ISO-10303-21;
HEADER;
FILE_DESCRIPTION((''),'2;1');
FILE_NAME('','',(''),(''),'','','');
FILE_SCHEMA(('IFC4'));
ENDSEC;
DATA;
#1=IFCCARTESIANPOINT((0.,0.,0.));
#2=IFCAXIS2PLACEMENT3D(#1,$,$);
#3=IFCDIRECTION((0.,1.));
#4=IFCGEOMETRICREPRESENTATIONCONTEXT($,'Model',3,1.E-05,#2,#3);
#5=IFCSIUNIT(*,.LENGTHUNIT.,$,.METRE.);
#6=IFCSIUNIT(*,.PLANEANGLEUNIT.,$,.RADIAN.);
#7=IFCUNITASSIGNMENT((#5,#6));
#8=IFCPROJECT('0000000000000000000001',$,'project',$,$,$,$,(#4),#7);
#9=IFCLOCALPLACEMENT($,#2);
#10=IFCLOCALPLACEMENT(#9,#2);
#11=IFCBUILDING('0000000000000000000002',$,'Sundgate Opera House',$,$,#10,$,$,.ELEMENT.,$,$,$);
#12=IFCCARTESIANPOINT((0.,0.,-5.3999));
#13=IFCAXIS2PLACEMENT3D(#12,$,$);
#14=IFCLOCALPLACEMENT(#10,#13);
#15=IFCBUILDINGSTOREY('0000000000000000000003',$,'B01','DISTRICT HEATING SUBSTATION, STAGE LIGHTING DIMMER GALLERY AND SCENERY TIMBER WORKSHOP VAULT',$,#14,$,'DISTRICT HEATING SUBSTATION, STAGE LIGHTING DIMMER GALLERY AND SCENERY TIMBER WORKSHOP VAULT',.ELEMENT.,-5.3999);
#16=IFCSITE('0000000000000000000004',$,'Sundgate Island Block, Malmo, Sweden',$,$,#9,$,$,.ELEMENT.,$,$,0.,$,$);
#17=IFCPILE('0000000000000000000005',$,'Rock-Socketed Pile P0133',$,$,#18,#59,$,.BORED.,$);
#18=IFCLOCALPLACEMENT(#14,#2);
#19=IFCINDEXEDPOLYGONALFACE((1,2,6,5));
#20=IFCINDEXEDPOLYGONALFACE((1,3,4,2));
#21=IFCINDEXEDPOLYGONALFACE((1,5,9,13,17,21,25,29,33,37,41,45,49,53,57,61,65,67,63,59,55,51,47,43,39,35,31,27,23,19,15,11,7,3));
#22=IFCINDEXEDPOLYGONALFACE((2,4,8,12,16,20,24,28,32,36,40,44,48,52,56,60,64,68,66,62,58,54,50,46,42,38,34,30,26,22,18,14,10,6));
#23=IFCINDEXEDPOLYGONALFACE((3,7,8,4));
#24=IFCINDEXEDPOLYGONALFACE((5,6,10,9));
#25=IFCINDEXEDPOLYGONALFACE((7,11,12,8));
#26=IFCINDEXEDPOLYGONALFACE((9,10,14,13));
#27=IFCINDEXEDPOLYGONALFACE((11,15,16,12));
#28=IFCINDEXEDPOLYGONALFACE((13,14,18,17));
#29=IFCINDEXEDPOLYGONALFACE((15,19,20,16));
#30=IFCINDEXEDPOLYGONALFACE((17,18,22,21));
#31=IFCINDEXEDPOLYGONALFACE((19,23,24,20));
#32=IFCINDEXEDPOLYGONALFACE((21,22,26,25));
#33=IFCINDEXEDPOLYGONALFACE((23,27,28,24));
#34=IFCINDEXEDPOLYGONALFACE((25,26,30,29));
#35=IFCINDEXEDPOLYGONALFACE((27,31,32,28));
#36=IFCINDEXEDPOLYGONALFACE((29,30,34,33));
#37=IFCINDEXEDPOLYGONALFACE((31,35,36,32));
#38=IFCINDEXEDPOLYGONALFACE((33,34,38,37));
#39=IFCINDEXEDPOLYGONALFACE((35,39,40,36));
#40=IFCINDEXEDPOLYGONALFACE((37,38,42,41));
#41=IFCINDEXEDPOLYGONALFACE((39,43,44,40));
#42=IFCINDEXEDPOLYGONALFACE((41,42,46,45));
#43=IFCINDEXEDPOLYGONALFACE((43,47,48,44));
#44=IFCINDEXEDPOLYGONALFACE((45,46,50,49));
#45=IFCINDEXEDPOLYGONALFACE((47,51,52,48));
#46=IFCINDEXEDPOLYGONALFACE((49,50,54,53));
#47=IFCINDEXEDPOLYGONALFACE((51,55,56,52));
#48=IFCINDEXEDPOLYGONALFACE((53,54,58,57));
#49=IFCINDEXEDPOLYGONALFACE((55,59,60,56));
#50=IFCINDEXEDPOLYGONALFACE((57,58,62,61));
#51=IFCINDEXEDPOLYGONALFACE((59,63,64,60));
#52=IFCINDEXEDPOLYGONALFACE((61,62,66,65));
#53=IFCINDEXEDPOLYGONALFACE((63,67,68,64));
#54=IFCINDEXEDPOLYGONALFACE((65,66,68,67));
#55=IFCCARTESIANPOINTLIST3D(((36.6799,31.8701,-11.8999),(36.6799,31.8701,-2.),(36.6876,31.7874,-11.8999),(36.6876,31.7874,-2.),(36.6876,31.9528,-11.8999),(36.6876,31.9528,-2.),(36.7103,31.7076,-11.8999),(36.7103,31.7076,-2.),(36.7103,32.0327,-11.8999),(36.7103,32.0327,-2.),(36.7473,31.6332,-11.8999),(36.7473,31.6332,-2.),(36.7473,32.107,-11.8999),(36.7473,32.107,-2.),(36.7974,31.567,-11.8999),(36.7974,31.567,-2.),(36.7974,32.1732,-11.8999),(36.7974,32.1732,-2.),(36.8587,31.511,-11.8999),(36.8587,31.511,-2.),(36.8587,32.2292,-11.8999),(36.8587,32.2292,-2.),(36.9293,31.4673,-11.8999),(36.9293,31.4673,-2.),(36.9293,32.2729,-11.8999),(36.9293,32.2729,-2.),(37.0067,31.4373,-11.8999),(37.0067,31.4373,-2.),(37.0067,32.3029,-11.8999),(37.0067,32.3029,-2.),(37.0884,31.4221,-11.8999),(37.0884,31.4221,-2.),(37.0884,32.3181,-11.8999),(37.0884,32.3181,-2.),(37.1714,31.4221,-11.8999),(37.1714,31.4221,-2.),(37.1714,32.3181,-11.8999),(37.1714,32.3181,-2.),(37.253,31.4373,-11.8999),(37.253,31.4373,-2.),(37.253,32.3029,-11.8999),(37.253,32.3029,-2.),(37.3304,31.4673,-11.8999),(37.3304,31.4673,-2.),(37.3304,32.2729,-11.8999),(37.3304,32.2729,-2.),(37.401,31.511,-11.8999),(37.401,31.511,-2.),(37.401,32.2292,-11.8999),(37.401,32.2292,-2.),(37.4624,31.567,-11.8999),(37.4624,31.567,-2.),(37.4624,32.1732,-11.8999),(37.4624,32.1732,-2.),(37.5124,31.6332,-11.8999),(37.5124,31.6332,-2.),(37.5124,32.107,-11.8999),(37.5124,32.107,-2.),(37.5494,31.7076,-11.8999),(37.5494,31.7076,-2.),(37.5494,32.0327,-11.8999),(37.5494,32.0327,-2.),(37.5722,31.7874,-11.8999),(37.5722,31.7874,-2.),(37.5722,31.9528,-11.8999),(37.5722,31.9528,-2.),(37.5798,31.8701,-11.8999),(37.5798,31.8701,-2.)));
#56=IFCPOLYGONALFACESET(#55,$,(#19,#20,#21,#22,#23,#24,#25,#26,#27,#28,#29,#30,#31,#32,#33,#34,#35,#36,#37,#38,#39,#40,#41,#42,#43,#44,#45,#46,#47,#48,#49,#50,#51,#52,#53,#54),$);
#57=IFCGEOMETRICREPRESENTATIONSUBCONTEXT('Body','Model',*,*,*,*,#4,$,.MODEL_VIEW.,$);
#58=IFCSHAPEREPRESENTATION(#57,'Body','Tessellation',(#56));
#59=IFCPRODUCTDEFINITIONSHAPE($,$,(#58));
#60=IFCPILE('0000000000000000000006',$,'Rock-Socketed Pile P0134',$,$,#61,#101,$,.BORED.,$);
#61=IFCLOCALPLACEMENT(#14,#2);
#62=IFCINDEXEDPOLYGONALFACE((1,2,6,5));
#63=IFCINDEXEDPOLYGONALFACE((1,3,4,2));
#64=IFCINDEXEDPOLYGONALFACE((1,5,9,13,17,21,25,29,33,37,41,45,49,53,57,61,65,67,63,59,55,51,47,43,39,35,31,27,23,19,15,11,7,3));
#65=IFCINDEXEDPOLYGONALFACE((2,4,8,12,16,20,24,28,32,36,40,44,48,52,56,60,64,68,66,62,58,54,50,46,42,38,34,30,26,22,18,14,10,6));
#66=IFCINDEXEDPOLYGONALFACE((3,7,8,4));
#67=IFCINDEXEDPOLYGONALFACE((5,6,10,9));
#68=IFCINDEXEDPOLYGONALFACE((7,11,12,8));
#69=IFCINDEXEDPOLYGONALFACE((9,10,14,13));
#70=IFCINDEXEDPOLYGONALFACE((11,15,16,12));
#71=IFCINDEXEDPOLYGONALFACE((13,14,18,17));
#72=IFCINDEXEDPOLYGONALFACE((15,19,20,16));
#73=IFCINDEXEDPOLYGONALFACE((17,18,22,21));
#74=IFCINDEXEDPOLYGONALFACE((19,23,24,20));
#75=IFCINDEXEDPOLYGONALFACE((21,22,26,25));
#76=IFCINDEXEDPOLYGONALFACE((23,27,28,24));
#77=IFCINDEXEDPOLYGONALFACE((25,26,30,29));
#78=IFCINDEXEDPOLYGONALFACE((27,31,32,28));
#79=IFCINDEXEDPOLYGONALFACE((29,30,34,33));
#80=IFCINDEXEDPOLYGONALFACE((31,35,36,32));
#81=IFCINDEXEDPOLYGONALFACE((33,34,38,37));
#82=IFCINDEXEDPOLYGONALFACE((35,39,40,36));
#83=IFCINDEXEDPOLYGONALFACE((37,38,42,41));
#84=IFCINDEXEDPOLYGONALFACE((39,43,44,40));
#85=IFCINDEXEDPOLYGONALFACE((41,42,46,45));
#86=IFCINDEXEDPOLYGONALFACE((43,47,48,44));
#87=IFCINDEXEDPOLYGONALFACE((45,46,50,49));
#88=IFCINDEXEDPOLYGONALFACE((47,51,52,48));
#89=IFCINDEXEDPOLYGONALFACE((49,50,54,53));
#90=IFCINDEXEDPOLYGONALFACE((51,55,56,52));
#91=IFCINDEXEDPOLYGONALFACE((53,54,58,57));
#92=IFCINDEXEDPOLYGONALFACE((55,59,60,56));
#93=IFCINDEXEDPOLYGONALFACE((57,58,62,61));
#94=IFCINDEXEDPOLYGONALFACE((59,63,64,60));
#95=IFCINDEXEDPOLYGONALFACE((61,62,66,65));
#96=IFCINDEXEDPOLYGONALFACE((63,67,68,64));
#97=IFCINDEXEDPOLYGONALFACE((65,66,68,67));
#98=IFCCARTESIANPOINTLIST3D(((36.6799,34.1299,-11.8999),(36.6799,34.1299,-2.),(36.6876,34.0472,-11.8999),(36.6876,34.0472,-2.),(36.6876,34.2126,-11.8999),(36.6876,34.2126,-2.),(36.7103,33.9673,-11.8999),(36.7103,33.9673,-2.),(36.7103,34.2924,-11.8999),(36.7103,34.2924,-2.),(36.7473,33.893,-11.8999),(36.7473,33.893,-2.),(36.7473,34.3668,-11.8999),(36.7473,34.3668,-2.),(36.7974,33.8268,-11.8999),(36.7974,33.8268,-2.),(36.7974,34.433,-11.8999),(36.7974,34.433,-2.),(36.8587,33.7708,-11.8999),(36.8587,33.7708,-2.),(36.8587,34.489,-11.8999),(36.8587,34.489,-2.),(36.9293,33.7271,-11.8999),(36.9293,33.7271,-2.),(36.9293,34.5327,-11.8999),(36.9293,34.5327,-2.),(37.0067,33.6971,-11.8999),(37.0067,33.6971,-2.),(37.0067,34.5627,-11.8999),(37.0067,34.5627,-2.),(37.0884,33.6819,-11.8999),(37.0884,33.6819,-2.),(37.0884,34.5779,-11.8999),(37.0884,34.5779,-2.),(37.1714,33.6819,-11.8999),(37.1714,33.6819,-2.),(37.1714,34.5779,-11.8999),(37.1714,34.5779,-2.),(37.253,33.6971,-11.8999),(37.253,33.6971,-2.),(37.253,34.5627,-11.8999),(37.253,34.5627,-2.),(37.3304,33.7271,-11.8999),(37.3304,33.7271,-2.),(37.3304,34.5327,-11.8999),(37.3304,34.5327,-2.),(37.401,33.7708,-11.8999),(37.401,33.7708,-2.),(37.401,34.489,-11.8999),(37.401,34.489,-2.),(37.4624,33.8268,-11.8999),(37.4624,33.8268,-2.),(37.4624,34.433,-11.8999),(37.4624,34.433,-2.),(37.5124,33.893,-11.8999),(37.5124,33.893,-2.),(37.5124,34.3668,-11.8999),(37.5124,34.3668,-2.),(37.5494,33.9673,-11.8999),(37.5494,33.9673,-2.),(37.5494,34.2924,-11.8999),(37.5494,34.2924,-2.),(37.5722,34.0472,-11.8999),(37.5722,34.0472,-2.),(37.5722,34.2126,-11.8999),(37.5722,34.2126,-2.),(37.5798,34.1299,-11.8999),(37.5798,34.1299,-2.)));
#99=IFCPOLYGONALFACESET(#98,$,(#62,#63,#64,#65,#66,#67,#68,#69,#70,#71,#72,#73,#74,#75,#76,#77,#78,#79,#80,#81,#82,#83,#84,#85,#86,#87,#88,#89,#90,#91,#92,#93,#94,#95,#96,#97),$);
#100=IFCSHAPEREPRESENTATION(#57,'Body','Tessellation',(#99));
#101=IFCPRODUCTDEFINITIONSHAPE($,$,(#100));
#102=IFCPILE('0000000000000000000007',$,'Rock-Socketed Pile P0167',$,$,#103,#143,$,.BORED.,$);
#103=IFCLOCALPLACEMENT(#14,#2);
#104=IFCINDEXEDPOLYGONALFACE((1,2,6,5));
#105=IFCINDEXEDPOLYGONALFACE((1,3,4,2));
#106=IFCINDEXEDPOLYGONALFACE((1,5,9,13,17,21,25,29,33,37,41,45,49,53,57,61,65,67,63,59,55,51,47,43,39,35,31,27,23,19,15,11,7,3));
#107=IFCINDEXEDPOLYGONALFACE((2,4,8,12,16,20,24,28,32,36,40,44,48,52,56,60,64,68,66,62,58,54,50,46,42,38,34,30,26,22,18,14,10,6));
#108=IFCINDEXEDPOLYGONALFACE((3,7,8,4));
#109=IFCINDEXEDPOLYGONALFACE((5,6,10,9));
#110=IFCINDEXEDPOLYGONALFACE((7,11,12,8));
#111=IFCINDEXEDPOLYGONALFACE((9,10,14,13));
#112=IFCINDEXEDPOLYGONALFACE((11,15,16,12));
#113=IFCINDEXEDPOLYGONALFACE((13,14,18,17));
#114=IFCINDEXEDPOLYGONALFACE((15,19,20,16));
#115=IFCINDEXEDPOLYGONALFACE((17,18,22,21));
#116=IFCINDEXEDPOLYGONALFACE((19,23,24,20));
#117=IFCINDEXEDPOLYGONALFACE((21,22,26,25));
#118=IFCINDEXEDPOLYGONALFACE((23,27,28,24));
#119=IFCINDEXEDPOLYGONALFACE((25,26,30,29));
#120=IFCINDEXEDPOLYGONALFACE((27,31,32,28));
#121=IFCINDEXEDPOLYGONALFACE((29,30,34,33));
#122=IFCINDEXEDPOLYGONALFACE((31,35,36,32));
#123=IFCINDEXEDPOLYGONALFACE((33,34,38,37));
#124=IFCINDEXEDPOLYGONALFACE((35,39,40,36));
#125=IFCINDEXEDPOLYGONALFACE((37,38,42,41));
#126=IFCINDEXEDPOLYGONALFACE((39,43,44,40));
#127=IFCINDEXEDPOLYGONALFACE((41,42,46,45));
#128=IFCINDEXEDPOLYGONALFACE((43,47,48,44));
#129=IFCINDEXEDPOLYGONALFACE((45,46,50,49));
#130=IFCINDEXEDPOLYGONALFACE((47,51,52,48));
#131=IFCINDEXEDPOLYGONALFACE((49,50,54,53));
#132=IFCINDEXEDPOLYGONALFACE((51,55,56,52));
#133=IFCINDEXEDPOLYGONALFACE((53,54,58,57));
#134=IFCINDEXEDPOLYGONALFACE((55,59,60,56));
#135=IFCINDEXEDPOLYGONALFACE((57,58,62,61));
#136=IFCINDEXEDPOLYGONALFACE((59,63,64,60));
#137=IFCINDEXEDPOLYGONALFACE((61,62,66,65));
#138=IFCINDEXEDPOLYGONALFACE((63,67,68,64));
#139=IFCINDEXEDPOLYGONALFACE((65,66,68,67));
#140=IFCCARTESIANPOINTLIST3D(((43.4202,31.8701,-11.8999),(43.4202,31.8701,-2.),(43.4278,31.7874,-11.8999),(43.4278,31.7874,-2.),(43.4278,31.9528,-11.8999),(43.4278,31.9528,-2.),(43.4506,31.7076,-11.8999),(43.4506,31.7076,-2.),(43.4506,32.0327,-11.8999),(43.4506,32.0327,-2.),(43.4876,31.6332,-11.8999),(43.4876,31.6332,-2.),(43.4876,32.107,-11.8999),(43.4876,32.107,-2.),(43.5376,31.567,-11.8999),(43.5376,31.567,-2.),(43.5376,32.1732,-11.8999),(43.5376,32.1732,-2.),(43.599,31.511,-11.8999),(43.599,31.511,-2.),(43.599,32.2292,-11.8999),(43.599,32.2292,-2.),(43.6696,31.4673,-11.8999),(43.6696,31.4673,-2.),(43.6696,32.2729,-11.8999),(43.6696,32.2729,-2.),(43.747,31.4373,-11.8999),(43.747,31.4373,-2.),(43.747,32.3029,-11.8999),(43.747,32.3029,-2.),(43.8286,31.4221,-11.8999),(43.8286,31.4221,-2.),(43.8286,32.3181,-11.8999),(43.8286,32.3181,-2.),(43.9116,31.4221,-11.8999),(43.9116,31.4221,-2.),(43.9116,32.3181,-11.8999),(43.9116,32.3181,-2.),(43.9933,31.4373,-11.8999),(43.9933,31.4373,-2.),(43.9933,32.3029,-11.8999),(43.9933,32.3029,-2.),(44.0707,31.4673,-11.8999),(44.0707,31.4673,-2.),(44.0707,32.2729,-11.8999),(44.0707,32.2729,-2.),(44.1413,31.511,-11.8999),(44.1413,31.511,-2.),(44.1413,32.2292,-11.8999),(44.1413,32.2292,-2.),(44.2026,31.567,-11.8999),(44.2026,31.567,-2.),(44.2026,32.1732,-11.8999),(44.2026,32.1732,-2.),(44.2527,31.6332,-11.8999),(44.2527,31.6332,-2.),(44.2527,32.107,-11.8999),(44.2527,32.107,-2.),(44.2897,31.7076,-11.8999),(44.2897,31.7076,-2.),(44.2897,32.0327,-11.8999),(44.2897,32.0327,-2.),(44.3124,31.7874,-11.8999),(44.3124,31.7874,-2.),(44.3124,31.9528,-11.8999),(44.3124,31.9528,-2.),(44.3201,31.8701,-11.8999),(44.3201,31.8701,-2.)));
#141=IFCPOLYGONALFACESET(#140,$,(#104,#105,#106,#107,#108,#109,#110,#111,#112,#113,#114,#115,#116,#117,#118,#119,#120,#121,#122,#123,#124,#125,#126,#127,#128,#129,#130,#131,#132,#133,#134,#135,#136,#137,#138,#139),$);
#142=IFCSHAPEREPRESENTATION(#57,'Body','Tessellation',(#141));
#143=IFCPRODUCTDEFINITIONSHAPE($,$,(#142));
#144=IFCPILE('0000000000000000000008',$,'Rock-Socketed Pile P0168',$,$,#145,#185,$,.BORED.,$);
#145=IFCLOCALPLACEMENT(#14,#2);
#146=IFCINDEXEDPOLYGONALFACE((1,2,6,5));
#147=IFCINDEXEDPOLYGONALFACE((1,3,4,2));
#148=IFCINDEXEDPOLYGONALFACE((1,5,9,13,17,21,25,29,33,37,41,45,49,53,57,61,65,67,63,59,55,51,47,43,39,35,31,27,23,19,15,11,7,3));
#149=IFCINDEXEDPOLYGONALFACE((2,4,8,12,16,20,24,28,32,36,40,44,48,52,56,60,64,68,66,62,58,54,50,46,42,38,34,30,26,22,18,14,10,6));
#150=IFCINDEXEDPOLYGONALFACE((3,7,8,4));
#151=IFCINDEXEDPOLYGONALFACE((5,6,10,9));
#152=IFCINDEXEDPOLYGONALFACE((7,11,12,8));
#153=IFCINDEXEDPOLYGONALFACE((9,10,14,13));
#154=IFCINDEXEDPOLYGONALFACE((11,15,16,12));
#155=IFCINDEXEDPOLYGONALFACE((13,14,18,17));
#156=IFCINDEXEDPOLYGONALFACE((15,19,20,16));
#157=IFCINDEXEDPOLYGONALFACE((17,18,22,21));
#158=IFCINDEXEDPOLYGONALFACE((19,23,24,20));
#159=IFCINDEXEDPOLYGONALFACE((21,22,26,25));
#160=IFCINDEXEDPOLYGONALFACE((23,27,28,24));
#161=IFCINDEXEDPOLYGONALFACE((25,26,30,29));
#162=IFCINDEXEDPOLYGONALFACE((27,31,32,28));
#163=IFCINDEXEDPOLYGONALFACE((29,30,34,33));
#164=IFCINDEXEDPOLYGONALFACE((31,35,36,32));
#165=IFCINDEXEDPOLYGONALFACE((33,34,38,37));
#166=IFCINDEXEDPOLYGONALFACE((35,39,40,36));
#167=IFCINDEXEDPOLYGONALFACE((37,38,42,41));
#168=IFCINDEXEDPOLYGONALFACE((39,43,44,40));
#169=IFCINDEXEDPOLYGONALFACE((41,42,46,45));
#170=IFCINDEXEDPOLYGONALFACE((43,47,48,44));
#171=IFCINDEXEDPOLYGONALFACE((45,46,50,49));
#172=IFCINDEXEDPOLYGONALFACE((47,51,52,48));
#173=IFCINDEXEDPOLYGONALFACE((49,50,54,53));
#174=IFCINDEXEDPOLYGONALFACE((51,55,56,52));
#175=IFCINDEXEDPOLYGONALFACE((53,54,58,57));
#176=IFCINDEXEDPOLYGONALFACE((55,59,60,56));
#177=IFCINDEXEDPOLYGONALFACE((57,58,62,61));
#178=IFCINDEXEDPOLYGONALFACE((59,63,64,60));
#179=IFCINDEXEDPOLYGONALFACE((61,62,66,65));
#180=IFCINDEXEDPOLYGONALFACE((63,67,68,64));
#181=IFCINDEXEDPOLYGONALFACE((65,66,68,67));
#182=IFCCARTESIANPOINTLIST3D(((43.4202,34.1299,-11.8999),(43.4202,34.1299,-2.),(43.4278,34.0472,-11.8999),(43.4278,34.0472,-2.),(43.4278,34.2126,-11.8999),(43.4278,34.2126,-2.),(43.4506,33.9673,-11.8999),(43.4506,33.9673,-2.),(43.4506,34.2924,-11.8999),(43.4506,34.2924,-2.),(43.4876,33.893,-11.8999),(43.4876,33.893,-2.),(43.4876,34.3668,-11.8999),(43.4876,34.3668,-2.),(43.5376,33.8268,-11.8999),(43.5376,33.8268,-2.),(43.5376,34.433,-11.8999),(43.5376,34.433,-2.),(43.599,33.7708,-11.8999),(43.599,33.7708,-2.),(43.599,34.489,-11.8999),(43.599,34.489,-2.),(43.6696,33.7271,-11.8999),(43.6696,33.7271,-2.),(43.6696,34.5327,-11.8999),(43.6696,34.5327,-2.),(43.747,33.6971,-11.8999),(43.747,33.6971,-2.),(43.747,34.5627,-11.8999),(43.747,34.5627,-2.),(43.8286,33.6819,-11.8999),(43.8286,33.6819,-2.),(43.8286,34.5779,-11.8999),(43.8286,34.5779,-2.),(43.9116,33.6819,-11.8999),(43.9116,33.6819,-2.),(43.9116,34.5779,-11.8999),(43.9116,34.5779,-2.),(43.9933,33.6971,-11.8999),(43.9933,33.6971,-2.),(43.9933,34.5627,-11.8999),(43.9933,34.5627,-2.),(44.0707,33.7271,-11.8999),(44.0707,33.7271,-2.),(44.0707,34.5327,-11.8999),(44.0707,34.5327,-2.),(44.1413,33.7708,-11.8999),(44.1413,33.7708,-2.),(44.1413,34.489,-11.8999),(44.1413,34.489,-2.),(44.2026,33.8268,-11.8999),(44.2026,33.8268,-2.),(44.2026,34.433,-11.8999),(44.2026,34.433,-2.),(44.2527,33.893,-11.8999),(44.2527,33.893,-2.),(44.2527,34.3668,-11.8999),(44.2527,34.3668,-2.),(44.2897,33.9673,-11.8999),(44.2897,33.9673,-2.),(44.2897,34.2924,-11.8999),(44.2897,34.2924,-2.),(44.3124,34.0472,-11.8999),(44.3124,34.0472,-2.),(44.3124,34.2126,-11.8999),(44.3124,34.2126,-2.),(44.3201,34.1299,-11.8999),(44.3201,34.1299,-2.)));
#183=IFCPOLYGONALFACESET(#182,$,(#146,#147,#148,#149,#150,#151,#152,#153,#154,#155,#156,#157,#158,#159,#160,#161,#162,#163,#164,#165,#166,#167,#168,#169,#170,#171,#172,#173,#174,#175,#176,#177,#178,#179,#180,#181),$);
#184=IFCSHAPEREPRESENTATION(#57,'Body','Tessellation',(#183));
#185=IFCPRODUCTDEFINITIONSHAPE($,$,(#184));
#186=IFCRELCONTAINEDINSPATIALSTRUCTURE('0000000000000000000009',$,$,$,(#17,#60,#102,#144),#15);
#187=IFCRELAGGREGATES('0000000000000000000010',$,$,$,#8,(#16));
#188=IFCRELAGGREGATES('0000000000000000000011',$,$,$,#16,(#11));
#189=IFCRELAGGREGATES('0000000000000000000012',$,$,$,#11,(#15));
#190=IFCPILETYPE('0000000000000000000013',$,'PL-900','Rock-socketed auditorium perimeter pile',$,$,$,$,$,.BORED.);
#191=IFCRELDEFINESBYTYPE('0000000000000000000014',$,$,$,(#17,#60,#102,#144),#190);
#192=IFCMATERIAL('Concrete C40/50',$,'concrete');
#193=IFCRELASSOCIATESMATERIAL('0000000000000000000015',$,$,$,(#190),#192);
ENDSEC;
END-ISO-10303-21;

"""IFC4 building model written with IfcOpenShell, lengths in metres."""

from ifc_helpers import new_model, si_unit, direction, frame, origin, origin_2d, place, context, subcontext, project, spatial, circle, extrude, material, material_profile, profile_set, type_object, element, save


model = new_model("IFC4")

# Units and contexts
model_context = context("Model", 3, precision=1e-05, world=origin(), true_north=direction((0.0, 1.0)))
body_context = subcontext(model_context, "Body", "Model", "MODEL_VIEW")
ifc_project = project(units=[si_unit("LENGTHUNIT", "METRE"), si_unit("PLANEANGLEUNIT", "RADIAN")], contexts=[model_context])

# Site, building, storey
site_placement = place(None, origin())
site = spatial("IfcSite", under=ifc_project, at=site_placement, Name="Sundgate Island Block, Malmo, Sweden", CompositionType="ELEMENT", RefElevation=0.0)
building_placement = place(site_placement, origin())
building = spatial("IfcBuilding", under=site, at=building_placement, Name="Sundgate Opera House", CompositionType="ELEMENT")
storey_placement = place(building_placement, frame((0.0, 0.0, -5.3999)))
storey = spatial("IfcBuildingStorey", under=building, at=storey_placement, Name="B01", Description="DISTRICT HEATING SUBSTATION, STAGE LIGHTING DIMMER GALLERY AND SCENERY TIMBER WORKSHOP VAULT", LongName="DISTRICT HEATING SUBSTATION, STAGE LIGHTING DIMMER GALLERY AND SCENERY TIMBER WORKSHOP VAULT", CompositionType="ELEMENT", Elevation=-5.3999)

# Piles
ifc_material_1 = material(Name="Concrete C40/50", Category="concrete")
ifc_material_profile_1 = material_profile(ifc_material_1, circle(Radius=0.45, at=origin_2d()), Name="PILE D900")
ifc_profile_set_1 = profile_set([ifc_material_profile_1], Name="Concrete C40/50")
pile_type_1 = type_object("IfcPileType", Name="PL-900", Description="Rock-socketed auditorium perimeter pile", PredefinedType="BORED", material=ifc_profile_set_1)
for number, where, z_axis, x_axis, name in (
    (1, (37.1299, 31.8701, -2.0), (0.0, 0.0, -1.0), (1.0, 0.0, 0.0), "Rock-Socketed Pile P0133"),
    (2, (37.1299, 34.1299, -2.0), (0.0, 0.0, -1.0), (1.0, 0.0, 0.0), "Rock-Socketed Pile P0134"),
    (3, (43.8701, 31.8701, -2.0), (0.0, 0.0, -1.0), (1.0, 0.0, 0.0), "Rock-Socketed Pile P0167"),
    (4, (43.8701, 34.1299, -2.0), (0.0, 0.0, -1.0), (1.0, 0.0, 0.0), "Rock-Socketed Pile P0168"),
):
    element("IfcPile", number, at=place(storey_placement, frame(where, z_axis=z_axis, x_axis=x_axis)), inside=storey, type_object=pile_type_1, Name=name, PredefinedType="BORED", context=body_context, shape_type="SweptSolid", body=[
        extrude(circle(Radius=0.45, at=origin_2d()), origin(), (0.0, 0.0, 1.0), 9.8999),
    ])

save(model, "model.ifc")
